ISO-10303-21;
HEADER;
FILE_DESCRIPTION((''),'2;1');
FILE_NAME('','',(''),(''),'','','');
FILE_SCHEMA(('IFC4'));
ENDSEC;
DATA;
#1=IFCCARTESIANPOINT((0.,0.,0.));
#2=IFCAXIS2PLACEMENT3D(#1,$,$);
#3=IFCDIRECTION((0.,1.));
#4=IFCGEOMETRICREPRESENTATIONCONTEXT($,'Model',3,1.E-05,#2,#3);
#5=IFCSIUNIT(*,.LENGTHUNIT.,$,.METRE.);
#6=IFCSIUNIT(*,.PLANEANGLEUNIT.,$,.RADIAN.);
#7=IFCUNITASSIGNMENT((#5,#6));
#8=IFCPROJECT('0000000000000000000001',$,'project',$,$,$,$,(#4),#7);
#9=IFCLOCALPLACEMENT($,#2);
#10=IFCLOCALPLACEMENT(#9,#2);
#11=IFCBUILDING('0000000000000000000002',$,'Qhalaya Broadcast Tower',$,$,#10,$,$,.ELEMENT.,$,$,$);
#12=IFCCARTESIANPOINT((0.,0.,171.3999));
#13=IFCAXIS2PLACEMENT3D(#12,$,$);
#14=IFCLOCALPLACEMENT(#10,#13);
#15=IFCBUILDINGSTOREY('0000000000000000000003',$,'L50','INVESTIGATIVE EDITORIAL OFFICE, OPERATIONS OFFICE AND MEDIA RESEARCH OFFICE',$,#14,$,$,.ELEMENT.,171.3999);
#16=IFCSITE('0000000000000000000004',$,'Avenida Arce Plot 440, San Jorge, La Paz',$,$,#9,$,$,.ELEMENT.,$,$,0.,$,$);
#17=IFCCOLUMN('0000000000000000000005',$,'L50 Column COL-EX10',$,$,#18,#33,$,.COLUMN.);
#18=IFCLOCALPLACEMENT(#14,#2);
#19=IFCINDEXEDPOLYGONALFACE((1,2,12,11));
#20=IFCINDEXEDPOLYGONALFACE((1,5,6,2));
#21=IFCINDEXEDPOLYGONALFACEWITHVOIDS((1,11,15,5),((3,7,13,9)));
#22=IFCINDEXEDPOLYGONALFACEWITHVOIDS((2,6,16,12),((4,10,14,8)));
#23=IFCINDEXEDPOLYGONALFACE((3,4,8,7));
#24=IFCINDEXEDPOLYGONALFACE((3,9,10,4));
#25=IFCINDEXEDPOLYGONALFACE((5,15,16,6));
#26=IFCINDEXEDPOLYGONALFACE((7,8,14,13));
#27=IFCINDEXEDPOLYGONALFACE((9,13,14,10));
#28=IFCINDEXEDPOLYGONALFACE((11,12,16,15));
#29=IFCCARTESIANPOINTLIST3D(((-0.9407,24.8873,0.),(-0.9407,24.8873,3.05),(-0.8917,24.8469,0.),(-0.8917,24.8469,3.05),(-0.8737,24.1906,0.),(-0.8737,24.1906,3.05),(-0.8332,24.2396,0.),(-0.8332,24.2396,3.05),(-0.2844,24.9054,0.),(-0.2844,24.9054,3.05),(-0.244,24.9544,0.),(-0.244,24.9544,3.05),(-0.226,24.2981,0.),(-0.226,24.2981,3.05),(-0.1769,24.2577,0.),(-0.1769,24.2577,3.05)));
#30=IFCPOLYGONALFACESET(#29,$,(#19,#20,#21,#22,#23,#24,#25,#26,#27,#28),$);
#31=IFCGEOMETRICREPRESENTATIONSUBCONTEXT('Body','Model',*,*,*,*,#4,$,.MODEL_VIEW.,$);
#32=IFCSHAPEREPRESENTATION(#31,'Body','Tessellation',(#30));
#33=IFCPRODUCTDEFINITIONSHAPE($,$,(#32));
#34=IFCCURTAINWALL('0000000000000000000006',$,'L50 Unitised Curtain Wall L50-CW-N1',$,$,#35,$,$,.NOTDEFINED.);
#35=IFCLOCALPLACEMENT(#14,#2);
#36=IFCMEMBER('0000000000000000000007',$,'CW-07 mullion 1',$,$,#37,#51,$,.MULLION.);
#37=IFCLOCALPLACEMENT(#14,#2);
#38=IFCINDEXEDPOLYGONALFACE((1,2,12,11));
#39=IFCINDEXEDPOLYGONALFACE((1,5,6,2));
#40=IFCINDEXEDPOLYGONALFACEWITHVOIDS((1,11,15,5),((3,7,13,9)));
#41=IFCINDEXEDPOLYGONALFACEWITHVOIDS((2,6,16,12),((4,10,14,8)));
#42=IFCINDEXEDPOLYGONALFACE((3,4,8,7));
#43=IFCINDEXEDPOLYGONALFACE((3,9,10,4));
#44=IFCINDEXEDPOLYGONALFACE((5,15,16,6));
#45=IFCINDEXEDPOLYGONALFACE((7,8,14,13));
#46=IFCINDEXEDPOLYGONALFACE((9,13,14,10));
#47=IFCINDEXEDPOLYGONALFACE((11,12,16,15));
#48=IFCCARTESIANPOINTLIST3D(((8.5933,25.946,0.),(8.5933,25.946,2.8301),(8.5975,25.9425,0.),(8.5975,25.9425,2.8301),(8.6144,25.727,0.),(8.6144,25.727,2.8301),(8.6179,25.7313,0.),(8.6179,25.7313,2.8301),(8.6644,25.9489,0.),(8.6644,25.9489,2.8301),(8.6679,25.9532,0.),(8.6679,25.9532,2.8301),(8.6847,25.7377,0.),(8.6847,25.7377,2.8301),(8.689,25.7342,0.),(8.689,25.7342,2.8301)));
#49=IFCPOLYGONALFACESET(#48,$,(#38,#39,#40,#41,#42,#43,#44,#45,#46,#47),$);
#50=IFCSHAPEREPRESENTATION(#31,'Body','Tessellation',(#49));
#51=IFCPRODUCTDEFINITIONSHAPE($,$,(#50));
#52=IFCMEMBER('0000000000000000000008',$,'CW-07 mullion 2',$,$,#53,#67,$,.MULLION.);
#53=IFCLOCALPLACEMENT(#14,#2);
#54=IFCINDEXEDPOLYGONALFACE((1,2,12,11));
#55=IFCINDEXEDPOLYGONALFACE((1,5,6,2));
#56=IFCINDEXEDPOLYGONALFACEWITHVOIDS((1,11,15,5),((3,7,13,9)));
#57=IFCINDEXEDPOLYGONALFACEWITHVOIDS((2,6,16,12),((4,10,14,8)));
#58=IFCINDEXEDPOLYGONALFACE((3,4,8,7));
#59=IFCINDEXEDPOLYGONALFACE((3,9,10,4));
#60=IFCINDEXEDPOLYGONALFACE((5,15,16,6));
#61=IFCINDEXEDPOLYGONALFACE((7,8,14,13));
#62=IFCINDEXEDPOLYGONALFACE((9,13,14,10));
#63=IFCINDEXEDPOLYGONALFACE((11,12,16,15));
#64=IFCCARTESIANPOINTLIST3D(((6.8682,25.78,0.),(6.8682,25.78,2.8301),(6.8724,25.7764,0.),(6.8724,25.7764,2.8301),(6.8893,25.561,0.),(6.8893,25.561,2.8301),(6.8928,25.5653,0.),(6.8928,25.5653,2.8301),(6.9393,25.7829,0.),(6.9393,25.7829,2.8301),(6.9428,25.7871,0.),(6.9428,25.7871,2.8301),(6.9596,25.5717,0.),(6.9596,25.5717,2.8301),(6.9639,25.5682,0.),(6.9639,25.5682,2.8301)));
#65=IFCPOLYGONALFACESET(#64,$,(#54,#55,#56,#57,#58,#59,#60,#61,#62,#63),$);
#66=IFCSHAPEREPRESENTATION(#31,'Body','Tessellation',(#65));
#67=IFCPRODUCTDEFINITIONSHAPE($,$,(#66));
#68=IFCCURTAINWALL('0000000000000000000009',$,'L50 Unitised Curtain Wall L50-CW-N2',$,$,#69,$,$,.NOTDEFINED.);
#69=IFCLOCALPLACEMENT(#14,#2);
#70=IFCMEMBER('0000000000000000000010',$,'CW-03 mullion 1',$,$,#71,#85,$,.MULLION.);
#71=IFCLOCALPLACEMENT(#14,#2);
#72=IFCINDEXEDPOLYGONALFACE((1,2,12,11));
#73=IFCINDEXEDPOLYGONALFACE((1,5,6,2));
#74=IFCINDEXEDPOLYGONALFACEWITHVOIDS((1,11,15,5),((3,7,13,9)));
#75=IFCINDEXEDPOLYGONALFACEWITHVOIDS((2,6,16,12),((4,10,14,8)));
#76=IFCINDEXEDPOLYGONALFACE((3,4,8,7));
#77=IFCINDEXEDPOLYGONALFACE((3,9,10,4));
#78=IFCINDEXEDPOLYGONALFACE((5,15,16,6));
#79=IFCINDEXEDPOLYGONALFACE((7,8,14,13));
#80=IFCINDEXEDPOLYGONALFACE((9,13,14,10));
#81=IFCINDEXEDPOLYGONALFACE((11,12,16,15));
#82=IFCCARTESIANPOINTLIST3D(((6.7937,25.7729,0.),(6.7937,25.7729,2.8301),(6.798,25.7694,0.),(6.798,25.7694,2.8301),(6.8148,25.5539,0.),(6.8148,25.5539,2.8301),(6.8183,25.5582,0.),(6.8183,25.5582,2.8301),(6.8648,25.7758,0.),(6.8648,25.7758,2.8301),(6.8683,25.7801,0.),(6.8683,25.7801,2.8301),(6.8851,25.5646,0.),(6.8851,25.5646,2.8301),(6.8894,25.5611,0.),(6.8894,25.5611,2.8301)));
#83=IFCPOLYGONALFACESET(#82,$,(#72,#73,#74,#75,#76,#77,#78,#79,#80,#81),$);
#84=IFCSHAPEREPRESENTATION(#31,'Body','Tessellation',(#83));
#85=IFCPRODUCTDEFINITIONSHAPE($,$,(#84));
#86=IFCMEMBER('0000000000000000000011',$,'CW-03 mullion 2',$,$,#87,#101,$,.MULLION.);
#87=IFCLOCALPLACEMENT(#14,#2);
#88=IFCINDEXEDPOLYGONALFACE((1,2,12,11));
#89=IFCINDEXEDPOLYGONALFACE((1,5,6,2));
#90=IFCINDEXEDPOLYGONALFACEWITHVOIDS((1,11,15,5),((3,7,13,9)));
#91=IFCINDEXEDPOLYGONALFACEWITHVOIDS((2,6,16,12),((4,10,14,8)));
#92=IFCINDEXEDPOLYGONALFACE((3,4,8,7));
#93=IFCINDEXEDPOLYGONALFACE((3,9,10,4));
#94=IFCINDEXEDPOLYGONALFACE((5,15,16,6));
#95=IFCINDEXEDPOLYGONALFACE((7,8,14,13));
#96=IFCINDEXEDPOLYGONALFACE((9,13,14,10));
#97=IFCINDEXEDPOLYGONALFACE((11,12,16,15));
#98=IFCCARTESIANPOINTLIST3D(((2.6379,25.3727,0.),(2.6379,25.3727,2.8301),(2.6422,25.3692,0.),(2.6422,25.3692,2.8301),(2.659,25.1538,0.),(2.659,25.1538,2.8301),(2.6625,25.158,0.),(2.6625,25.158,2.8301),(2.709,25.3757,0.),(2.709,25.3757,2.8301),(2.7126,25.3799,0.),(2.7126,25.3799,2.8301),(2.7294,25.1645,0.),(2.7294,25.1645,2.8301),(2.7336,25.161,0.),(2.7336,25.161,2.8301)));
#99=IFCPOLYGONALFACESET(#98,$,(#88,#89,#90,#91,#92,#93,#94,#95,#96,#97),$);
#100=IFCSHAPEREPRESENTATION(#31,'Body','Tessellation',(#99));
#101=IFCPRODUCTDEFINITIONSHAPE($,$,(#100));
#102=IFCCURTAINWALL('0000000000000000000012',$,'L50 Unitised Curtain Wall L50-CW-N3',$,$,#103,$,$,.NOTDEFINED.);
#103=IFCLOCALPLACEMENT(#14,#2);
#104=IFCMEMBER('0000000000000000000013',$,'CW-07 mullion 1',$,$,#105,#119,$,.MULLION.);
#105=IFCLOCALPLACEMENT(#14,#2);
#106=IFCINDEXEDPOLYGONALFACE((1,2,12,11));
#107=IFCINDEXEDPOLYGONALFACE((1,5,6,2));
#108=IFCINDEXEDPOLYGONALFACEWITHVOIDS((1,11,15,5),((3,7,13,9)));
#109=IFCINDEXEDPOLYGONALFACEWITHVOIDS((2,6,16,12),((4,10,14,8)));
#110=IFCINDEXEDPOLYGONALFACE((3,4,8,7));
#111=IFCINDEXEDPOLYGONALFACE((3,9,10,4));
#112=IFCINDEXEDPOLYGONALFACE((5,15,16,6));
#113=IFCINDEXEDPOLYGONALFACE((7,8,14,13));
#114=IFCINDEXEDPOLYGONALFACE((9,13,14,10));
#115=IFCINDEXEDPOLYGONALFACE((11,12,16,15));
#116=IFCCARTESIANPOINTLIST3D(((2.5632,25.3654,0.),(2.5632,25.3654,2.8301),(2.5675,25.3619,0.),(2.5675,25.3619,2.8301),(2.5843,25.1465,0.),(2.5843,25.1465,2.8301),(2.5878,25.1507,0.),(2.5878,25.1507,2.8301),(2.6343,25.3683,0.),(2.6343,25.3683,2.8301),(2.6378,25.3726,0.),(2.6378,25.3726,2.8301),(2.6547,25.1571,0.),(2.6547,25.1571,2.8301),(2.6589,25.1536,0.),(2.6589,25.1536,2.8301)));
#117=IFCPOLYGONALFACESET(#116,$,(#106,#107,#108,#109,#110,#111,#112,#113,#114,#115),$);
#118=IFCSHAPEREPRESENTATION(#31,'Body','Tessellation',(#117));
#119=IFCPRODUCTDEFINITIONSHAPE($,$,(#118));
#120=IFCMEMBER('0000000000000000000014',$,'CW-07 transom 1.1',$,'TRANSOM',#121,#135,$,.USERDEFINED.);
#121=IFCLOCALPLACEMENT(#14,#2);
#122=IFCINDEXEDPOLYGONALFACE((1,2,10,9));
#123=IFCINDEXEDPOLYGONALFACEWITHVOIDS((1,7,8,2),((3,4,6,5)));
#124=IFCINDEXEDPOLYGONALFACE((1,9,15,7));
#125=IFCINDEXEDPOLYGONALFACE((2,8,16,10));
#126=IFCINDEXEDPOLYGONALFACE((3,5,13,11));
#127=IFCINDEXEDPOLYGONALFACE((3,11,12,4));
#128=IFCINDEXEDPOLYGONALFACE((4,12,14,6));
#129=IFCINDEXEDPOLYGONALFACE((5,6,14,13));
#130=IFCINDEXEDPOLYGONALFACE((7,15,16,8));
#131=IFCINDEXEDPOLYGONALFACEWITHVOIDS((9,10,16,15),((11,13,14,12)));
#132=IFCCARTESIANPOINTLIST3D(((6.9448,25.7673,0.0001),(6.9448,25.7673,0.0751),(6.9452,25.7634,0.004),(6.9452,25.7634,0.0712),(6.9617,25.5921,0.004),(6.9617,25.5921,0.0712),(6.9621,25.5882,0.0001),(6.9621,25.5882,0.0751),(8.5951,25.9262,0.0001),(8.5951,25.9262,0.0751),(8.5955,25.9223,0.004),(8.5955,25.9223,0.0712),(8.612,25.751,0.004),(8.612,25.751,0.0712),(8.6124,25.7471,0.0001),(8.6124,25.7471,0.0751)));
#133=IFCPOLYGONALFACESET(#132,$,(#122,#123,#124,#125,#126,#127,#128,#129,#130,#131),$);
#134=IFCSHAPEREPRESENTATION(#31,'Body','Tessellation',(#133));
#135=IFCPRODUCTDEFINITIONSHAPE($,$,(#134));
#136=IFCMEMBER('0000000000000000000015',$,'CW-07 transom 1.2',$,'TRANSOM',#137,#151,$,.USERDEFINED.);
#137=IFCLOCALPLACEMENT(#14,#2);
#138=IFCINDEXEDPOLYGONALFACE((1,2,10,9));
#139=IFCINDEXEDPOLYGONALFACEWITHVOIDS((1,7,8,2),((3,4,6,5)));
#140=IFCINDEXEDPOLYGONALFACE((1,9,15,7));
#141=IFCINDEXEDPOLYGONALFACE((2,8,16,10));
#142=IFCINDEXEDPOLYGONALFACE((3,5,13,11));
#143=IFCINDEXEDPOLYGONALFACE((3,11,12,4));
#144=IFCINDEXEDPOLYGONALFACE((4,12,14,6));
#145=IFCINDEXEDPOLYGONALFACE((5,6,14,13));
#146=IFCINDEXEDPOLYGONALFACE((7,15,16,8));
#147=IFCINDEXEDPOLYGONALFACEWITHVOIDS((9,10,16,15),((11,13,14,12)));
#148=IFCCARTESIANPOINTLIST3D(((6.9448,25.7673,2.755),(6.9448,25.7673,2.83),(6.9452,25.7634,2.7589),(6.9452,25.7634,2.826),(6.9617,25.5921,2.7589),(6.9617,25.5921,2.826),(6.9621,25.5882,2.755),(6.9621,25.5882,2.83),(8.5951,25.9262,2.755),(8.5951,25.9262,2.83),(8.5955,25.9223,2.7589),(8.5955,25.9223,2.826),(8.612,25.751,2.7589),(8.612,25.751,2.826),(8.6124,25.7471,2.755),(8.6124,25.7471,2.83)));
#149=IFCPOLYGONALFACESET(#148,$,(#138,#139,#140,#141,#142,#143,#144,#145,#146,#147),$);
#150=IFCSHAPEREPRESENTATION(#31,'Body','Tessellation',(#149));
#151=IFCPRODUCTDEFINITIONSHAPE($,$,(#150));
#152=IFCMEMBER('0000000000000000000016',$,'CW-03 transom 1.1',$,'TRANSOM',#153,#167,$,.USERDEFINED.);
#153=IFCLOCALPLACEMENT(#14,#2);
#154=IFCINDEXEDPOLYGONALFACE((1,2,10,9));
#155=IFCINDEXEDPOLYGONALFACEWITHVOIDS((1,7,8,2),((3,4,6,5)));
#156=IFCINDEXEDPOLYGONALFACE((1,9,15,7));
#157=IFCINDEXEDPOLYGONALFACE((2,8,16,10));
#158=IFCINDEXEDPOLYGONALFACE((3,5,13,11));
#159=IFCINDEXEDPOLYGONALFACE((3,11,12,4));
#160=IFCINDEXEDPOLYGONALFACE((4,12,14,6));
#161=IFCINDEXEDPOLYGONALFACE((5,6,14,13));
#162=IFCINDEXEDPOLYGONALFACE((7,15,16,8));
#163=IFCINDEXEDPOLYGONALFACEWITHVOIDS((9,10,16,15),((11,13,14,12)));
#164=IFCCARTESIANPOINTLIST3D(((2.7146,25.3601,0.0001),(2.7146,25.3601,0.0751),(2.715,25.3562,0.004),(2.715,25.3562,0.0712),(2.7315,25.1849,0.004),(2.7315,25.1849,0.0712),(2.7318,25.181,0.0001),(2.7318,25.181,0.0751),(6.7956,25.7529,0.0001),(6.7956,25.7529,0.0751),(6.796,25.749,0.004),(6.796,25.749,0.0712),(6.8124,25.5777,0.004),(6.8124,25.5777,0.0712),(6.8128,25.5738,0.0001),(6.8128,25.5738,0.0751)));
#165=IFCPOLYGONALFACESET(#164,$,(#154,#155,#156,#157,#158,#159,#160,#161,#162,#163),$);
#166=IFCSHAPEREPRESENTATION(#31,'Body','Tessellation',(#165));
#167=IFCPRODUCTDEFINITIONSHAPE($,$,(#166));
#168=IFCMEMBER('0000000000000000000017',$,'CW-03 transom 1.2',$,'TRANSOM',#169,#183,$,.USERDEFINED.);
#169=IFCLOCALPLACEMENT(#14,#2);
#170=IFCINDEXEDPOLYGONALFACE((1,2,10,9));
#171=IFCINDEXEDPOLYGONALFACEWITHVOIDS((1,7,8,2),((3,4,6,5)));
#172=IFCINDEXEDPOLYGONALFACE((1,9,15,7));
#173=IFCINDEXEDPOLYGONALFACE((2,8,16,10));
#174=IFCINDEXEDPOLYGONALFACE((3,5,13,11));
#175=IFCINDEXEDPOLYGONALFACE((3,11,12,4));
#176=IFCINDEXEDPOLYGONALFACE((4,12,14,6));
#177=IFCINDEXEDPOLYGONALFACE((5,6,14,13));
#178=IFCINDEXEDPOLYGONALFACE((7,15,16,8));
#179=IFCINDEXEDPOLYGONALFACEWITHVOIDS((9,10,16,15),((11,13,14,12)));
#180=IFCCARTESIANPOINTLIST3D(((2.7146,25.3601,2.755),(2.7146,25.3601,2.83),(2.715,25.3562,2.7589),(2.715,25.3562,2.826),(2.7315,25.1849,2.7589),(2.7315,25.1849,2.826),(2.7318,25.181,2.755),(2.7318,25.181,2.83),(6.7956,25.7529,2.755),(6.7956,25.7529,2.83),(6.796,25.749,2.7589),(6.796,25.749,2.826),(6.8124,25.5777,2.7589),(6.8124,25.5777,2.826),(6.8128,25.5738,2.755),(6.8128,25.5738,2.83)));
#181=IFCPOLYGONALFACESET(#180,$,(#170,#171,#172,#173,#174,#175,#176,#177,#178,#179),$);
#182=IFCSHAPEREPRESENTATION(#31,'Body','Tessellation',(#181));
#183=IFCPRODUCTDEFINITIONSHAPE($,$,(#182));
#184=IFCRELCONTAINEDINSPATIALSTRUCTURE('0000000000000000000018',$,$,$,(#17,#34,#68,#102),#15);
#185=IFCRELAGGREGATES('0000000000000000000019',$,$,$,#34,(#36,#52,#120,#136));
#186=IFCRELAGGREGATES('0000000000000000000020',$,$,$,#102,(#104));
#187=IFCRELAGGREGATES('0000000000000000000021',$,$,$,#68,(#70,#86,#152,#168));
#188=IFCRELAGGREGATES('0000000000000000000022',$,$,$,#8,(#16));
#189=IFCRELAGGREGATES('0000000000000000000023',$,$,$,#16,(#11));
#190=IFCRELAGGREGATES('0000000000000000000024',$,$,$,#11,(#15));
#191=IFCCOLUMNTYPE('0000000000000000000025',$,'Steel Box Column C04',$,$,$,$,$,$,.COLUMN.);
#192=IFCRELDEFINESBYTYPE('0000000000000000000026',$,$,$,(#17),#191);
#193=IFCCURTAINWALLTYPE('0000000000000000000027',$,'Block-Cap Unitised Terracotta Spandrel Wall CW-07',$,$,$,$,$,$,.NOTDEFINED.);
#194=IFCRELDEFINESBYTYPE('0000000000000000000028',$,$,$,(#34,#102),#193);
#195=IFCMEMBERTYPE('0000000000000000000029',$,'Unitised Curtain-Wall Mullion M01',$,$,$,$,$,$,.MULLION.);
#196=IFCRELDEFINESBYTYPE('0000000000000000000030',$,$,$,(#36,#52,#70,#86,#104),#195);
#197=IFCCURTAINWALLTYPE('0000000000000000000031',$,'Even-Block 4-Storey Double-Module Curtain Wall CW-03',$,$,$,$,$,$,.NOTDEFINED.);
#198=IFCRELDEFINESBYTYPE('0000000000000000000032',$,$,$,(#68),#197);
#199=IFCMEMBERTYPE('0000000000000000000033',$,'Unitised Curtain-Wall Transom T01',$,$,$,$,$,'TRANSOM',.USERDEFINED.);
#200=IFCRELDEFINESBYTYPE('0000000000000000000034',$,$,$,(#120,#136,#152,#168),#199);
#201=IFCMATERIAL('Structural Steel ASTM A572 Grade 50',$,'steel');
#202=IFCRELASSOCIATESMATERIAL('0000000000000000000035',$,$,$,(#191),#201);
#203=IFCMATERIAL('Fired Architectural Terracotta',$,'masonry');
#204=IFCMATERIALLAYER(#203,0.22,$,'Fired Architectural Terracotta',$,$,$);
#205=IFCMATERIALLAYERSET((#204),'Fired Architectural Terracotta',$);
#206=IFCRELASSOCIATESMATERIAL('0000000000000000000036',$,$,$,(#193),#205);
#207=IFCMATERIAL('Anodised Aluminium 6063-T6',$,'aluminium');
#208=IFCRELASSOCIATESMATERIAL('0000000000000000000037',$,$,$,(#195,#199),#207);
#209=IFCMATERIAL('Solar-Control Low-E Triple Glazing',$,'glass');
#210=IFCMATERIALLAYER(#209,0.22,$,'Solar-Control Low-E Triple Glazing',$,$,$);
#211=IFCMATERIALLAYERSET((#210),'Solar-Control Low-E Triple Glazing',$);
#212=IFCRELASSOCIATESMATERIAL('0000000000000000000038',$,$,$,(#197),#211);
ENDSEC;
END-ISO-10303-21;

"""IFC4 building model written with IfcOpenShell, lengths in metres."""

from ifc_helpers import new_model, si_unit, direction, frame, origin, origin_2d, place, context, subcontext, project, spatial, hollow_rectangle, extrude, material, layer, layer_set, material_profile, profile_set, type_object, element, aggregate, save


model = new_model("IFC4")

# Units and contexts
model_context = context("Model", 3, precision=1e-05, world=origin(), true_north=direction((0.0, 1.0)))
body_context = subcontext(model_context, "Body", "Model", "MODEL_VIEW")
ifc_project = project(units=[si_unit("LENGTHUNIT", "METRE"), si_unit("PLANEANGLEUNIT", "RADIAN")], contexts=[model_context])

# Site, building, storey
site_placement = place(None, origin())
site = spatial("IfcSite", under=ifc_project, at=site_placement, Name="Avenida Arce Plot 440, San Jorge, La Paz", CompositionType="ELEMENT", RefElevation=0.0)
building_placement = place(site_placement, origin())
building = spatial("IfcBuilding", under=site, at=building_placement, Name="Qhalaya Broadcast Tower", CompositionType="ELEMENT")
storey_placement = place(building_placement, frame((0.0, 0.0, 171.3999)))
storey = spatial("IfcBuildingStorey", under=building, at=storey_placement, Name="L50", Description="INVESTIGATIVE EDITORIAL OFFICE, OPERATIONS OFFICE AND MEDIA RESEARCH OFFICE", CompositionType="ELEMENT", Elevation=171.3999)

# Column
ifc_material_1 = material(Name="Structural Steel ASTM A572 Grade 50", Category="steel")
ifc_material_profile_1 = material_profile(ifc_material_1, hollow_rectangle(XDim=0.7, YDim=0.7, WallThickness=0.0449, at=origin_2d()), Name="BOX 700x700x45")
ifc_profile_set_1 = profile_set([ifc_material_profile_1], Name="Structural Steel ASTM A572 Grade 50")
column_type = type_object("IfcColumnType", Name="Steel Box Column C04", PredefinedType="COLUMN", material=ifc_profile_set_1)
column_placement = place(storey_placement, frame((-0.5588, 24.5725, 0.0), z_axis=(0.0, 0.0, 1.0), x_axis=(0.995396, 0.095846, 0.0)))
element("IfcColumn", 1, at=column_placement, inside=storey, type_object=column_type, Name="L50 Column COL-EX10", PredefinedType="COLUMN", context=body_context, shape_type="SweptSolid", body=[
    extrude(hollow_rectangle(XDim=0.7, YDim=0.7, WallThickness=0.0449, at=origin_2d()), origin(), (0.0, 0.0, 1.0), 3.05),
])

# Curtain walls, members
ifc_material_2 = material(Name="Fired Architectural Terracotta", Category="masonry")
ifc_layer_1 = layer(ifc_material_2, 0.22, Name="Fired Architectural Terracotta")
ifc_layer_set_1 = layer_set([ifc_layer_1], Name="Fired Architectural Terracotta")
curtain_wall_type_1 = type_object("IfcCurtainWallType", Name="Block-Cap Unitised Terracotta Spandrel Wall CW-07", PredefinedType="NOTDEFINED", material=ifc_layer_set_1)
curtain_wall_1_placement = place(storey_placement, origin())
curtain_wall_1 = element("IfcCurtainWall", 2, at=curtain_wall_1_placement, inside=storey, type_object=curtain_wall_type_1, Name="L50 Unitised Curtain Wall L50-CW-N1", PredefinedType="NOTDEFINED")
ifc_material_3 = material(Name="Anodised Aluminium 6063-T6", Category="aluminium")
ifc_material_profile_2 = material_profile(ifc_material_3, hollow_rectangle(XDim=0.075, YDim=0.22, WallThickness=0.0039, at=origin_2d()), Name="ALU-MUL 75x220x4")
ifc_profile_set_2 = profile_set([ifc_material_profile_2], Name="Anodised Aluminium 6063-T6")
member_type_1 = type_object("IfcMemberType", Name="Unitised Curtain-Wall Mullion M01", PredefinedType="MULLION", material=ifc_profile_set_2)
member_1_placement = place(storey_placement, frame((8.6411, 25.8401, 0.0), z_axis=(0.0, 0.0, 1.0), x_axis=(-0.995396, -0.09585, 0.0)))
member_1 = element("IfcMember", 3, at=member_1_placement, type_object=member_type_1, Name="CW-07 mullion 1", PredefinedType="MULLION", context=body_context, shape_type="SweptSolid", body=[
    extrude(hollow_rectangle(XDim=0.075, YDim=0.22, WallThickness=0.0039, at=origin_2d()), origin(), (0.0, 0.0, 1.0), 2.8301),
])
member_2_placement = place(storey_placement, frame((6.916, 25.6741, 0.0), z_axis=(0.0, 0.0, 1.0), x_axis=(-0.995396, -0.09585, 0.0)))
member_2 = element("IfcMember", 4, at=member_2_placement, type_object=member_type_1, Name="CW-07 mullion 2", PredefinedType="MULLION", context=body_context, shape_type="SweptSolid", body=[
    extrude(hollow_rectangle(XDim=0.075, YDim=0.22, WallThickness=0.0039, at=origin_2d()), origin(), (0.0, 0.0, 1.0), 2.8301),
])
ifc_material_4 = material(Name="Solar-Control Low-E Triple Glazing", Category="glass")
ifc_layer_2 = layer(ifc_material_4, 0.22, Name="Solar-Control Low-E Triple Glazing")
ifc_layer_set_2 = layer_set([ifc_layer_2], Name="Solar-Control Low-E Triple Glazing")
curtain_wall_type_2 = type_object("IfcCurtainWallType", Name="Even-Block 4-Storey Double-Module Curtain Wall CW-03", PredefinedType="NOTDEFINED", material=ifc_layer_set_2)
curtain_wall_2_placement = place(storey_placement, origin())
curtain_wall_2 = element("IfcCurtainWall", 5, at=curtain_wall_2_placement, inside=storey, type_object=curtain_wall_type_2, Name="L50 Unitised Curtain Wall L50-CW-N2", PredefinedType="NOTDEFINED")
member_3_placement = place(storey_placement, frame((6.8416, 25.667, 0.0), z_axis=(0.0, 0.0, 1.0), x_axis=(-0.995397, -0.095836, 0.0)))
member_3 = element("IfcMember", 6, at=member_3_placement, type_object=member_type_1, Name="CW-03 mullion 1", PredefinedType="MULLION", context=body_context, shape_type="SweptSolid", body=[
    extrude(hollow_rectangle(XDim=0.075, YDim=0.22, WallThickness=0.0039, at=origin_2d()), origin(), (0.0, 0.0, 1.0), 2.8301),
])
member_4_placement = place(storey_placement, frame((2.6858, 25.2668, 0.0), z_axis=(0.0, 0.0, 1.0), x_axis=(-0.995397, -0.095836, 0.0)))
member_4 = element("IfcMember", 7, at=member_4_placement, type_object=member_type_1, Name="CW-03 mullion 2", PredefinedType="MULLION", context=body_context, shape_type="SweptSolid", body=[
    extrude(hollow_rectangle(XDim=0.075, YDim=0.22, WallThickness=0.0039, at=origin_2d()), origin(), (0.0, 0.0, 1.0), 2.8301),
])

# Curtain wall, member
curtain_wall_3_placement = place(storey_placement, origin())
curtain_wall_3 = element("IfcCurtainWall", 8, at=curtain_wall_3_placement, inside=storey, type_object=curtain_wall_type_1, Name="L50 Unitised Curtain Wall L50-CW-N3", PredefinedType="NOTDEFINED")
member_5_placement = place(storey_placement, frame((2.6111, 25.2595, 0.0), z_axis=(0.0, 0.0, 1.0), x_axis=(-0.995396, -0.095848, 0.0)))
member_5 = element("IfcMember", 9, at=member_5_placement, type_object=member_type_1, Name="CW-07 mullion 1", PredefinedType="MULLION", context=body_context, shape_type="SweptSolid", body=[
    extrude(hollow_rectangle(XDim=0.075, YDim=0.22, WallThickness=0.0039, at=origin_2d()), origin(), (0.0, 0.0, 1.0), 2.8301),
])

# Members
ifc_material_profile_3 = material_profile(ifc_material_3, hollow_rectangle(XDim=0.075, YDim=0.1799, WallThickness=0.0039, at=origin_2d()), Name="ALU-TRN 75x180x4")
ifc_profile_set_3 = profile_set([ifc_material_profile_3], Name="Anodised Aluminium 6063-T6")
member_type_2 = type_object("IfcMemberType", Name="Unitised Curtain-Wall Transom T01", ElementType="TRANSOM", PredefinedType="USERDEFINED", material=ifc_profile_set_3)
member_6_placement = place(storey_placement, frame((8.6038, 25.8367, 0.0376), z_axis=(-0.995395, -0.095858, 0.0), x_axis=(0.0, 0.0, 1.0)))
member_6 = element("IfcMember", 10, at=member_6_placement, type_object=member_type_2, Name="CW-07 transom 1.1", ObjectType="TRANSOM", PredefinedType="USERDEFINED", context=body_context, shape_type="SweptSolid", body=[
    extrude(hollow_rectangle(XDim=0.075, YDim=0.1799, WallThickness=0.0039, at=origin_2d()), origin(), (0.0, 0.0, 1.0), 1.658),
])
member_7_placement = place(storey_placement, frame((8.6038, 25.8367, 2.7925), z_axis=(-0.995395, -0.095858, 0.0), x_axis=(0.0, 0.0, 1.0)))
member_7 = element("IfcMember", 11, at=member_7_placement, type_object=member_type_2, Name="CW-07 transom 1.2", ObjectType="TRANSOM", PredefinedType="USERDEFINED", context=body_context, shape_type="SweptSolid", body=[
    extrude(hollow_rectangle(XDim=0.075, YDim=0.1799, WallThickness=0.0039, at=origin_2d()), origin(), (0.0, 0.0, 1.0), 1.658),
])
member_8_placement = place(storey_placement, frame((6.8042, 25.6633, 0.0376), z_axis=(-0.995399, -0.095812, 0.0), x_axis=(0.0, 0.0, 1.0)))
member_8 = element("IfcMember", 12, at=member_8_placement, type_object=member_type_2, Name="CW-03 transom 1.1", ObjectType="TRANSOM", PredefinedType="USERDEFINED", context=body_context, shape_type="SweptSolid", body=[
    extrude(hollow_rectangle(XDim=0.075, YDim=0.1799, WallThickness=0.0039, at=origin_2d()), origin(), (0.0, 0.0, 1.0), 4.0999),
])
member_9_placement = place(storey_placement, frame((6.8042, 25.6633, 2.7925), z_axis=(-0.995399, -0.095812, 0.0), x_axis=(0.0, 0.0, 1.0)))
member_9 = element("IfcMember", 13, at=member_9_placement, type_object=member_type_2, Name="CW-03 transom 1.2", ObjectType="TRANSOM", PredefinedType="USERDEFINED", context=body_context, shape_type="SweptSolid", body=[
    extrude(hollow_rectangle(XDim=0.075, YDim=0.1799, WallThickness=0.0039, at=origin_2d()), origin(), (0.0, 0.0, 1.0), 4.0999),
])

aggregate(curtain_wall_1, [member_1, member_2, member_6, member_7])
aggregate(curtain_wall_3, [member_5])
aggregate(curtain_wall_2, [member_3, member_4, member_8, member_9])

save(model, "model.ifc")
